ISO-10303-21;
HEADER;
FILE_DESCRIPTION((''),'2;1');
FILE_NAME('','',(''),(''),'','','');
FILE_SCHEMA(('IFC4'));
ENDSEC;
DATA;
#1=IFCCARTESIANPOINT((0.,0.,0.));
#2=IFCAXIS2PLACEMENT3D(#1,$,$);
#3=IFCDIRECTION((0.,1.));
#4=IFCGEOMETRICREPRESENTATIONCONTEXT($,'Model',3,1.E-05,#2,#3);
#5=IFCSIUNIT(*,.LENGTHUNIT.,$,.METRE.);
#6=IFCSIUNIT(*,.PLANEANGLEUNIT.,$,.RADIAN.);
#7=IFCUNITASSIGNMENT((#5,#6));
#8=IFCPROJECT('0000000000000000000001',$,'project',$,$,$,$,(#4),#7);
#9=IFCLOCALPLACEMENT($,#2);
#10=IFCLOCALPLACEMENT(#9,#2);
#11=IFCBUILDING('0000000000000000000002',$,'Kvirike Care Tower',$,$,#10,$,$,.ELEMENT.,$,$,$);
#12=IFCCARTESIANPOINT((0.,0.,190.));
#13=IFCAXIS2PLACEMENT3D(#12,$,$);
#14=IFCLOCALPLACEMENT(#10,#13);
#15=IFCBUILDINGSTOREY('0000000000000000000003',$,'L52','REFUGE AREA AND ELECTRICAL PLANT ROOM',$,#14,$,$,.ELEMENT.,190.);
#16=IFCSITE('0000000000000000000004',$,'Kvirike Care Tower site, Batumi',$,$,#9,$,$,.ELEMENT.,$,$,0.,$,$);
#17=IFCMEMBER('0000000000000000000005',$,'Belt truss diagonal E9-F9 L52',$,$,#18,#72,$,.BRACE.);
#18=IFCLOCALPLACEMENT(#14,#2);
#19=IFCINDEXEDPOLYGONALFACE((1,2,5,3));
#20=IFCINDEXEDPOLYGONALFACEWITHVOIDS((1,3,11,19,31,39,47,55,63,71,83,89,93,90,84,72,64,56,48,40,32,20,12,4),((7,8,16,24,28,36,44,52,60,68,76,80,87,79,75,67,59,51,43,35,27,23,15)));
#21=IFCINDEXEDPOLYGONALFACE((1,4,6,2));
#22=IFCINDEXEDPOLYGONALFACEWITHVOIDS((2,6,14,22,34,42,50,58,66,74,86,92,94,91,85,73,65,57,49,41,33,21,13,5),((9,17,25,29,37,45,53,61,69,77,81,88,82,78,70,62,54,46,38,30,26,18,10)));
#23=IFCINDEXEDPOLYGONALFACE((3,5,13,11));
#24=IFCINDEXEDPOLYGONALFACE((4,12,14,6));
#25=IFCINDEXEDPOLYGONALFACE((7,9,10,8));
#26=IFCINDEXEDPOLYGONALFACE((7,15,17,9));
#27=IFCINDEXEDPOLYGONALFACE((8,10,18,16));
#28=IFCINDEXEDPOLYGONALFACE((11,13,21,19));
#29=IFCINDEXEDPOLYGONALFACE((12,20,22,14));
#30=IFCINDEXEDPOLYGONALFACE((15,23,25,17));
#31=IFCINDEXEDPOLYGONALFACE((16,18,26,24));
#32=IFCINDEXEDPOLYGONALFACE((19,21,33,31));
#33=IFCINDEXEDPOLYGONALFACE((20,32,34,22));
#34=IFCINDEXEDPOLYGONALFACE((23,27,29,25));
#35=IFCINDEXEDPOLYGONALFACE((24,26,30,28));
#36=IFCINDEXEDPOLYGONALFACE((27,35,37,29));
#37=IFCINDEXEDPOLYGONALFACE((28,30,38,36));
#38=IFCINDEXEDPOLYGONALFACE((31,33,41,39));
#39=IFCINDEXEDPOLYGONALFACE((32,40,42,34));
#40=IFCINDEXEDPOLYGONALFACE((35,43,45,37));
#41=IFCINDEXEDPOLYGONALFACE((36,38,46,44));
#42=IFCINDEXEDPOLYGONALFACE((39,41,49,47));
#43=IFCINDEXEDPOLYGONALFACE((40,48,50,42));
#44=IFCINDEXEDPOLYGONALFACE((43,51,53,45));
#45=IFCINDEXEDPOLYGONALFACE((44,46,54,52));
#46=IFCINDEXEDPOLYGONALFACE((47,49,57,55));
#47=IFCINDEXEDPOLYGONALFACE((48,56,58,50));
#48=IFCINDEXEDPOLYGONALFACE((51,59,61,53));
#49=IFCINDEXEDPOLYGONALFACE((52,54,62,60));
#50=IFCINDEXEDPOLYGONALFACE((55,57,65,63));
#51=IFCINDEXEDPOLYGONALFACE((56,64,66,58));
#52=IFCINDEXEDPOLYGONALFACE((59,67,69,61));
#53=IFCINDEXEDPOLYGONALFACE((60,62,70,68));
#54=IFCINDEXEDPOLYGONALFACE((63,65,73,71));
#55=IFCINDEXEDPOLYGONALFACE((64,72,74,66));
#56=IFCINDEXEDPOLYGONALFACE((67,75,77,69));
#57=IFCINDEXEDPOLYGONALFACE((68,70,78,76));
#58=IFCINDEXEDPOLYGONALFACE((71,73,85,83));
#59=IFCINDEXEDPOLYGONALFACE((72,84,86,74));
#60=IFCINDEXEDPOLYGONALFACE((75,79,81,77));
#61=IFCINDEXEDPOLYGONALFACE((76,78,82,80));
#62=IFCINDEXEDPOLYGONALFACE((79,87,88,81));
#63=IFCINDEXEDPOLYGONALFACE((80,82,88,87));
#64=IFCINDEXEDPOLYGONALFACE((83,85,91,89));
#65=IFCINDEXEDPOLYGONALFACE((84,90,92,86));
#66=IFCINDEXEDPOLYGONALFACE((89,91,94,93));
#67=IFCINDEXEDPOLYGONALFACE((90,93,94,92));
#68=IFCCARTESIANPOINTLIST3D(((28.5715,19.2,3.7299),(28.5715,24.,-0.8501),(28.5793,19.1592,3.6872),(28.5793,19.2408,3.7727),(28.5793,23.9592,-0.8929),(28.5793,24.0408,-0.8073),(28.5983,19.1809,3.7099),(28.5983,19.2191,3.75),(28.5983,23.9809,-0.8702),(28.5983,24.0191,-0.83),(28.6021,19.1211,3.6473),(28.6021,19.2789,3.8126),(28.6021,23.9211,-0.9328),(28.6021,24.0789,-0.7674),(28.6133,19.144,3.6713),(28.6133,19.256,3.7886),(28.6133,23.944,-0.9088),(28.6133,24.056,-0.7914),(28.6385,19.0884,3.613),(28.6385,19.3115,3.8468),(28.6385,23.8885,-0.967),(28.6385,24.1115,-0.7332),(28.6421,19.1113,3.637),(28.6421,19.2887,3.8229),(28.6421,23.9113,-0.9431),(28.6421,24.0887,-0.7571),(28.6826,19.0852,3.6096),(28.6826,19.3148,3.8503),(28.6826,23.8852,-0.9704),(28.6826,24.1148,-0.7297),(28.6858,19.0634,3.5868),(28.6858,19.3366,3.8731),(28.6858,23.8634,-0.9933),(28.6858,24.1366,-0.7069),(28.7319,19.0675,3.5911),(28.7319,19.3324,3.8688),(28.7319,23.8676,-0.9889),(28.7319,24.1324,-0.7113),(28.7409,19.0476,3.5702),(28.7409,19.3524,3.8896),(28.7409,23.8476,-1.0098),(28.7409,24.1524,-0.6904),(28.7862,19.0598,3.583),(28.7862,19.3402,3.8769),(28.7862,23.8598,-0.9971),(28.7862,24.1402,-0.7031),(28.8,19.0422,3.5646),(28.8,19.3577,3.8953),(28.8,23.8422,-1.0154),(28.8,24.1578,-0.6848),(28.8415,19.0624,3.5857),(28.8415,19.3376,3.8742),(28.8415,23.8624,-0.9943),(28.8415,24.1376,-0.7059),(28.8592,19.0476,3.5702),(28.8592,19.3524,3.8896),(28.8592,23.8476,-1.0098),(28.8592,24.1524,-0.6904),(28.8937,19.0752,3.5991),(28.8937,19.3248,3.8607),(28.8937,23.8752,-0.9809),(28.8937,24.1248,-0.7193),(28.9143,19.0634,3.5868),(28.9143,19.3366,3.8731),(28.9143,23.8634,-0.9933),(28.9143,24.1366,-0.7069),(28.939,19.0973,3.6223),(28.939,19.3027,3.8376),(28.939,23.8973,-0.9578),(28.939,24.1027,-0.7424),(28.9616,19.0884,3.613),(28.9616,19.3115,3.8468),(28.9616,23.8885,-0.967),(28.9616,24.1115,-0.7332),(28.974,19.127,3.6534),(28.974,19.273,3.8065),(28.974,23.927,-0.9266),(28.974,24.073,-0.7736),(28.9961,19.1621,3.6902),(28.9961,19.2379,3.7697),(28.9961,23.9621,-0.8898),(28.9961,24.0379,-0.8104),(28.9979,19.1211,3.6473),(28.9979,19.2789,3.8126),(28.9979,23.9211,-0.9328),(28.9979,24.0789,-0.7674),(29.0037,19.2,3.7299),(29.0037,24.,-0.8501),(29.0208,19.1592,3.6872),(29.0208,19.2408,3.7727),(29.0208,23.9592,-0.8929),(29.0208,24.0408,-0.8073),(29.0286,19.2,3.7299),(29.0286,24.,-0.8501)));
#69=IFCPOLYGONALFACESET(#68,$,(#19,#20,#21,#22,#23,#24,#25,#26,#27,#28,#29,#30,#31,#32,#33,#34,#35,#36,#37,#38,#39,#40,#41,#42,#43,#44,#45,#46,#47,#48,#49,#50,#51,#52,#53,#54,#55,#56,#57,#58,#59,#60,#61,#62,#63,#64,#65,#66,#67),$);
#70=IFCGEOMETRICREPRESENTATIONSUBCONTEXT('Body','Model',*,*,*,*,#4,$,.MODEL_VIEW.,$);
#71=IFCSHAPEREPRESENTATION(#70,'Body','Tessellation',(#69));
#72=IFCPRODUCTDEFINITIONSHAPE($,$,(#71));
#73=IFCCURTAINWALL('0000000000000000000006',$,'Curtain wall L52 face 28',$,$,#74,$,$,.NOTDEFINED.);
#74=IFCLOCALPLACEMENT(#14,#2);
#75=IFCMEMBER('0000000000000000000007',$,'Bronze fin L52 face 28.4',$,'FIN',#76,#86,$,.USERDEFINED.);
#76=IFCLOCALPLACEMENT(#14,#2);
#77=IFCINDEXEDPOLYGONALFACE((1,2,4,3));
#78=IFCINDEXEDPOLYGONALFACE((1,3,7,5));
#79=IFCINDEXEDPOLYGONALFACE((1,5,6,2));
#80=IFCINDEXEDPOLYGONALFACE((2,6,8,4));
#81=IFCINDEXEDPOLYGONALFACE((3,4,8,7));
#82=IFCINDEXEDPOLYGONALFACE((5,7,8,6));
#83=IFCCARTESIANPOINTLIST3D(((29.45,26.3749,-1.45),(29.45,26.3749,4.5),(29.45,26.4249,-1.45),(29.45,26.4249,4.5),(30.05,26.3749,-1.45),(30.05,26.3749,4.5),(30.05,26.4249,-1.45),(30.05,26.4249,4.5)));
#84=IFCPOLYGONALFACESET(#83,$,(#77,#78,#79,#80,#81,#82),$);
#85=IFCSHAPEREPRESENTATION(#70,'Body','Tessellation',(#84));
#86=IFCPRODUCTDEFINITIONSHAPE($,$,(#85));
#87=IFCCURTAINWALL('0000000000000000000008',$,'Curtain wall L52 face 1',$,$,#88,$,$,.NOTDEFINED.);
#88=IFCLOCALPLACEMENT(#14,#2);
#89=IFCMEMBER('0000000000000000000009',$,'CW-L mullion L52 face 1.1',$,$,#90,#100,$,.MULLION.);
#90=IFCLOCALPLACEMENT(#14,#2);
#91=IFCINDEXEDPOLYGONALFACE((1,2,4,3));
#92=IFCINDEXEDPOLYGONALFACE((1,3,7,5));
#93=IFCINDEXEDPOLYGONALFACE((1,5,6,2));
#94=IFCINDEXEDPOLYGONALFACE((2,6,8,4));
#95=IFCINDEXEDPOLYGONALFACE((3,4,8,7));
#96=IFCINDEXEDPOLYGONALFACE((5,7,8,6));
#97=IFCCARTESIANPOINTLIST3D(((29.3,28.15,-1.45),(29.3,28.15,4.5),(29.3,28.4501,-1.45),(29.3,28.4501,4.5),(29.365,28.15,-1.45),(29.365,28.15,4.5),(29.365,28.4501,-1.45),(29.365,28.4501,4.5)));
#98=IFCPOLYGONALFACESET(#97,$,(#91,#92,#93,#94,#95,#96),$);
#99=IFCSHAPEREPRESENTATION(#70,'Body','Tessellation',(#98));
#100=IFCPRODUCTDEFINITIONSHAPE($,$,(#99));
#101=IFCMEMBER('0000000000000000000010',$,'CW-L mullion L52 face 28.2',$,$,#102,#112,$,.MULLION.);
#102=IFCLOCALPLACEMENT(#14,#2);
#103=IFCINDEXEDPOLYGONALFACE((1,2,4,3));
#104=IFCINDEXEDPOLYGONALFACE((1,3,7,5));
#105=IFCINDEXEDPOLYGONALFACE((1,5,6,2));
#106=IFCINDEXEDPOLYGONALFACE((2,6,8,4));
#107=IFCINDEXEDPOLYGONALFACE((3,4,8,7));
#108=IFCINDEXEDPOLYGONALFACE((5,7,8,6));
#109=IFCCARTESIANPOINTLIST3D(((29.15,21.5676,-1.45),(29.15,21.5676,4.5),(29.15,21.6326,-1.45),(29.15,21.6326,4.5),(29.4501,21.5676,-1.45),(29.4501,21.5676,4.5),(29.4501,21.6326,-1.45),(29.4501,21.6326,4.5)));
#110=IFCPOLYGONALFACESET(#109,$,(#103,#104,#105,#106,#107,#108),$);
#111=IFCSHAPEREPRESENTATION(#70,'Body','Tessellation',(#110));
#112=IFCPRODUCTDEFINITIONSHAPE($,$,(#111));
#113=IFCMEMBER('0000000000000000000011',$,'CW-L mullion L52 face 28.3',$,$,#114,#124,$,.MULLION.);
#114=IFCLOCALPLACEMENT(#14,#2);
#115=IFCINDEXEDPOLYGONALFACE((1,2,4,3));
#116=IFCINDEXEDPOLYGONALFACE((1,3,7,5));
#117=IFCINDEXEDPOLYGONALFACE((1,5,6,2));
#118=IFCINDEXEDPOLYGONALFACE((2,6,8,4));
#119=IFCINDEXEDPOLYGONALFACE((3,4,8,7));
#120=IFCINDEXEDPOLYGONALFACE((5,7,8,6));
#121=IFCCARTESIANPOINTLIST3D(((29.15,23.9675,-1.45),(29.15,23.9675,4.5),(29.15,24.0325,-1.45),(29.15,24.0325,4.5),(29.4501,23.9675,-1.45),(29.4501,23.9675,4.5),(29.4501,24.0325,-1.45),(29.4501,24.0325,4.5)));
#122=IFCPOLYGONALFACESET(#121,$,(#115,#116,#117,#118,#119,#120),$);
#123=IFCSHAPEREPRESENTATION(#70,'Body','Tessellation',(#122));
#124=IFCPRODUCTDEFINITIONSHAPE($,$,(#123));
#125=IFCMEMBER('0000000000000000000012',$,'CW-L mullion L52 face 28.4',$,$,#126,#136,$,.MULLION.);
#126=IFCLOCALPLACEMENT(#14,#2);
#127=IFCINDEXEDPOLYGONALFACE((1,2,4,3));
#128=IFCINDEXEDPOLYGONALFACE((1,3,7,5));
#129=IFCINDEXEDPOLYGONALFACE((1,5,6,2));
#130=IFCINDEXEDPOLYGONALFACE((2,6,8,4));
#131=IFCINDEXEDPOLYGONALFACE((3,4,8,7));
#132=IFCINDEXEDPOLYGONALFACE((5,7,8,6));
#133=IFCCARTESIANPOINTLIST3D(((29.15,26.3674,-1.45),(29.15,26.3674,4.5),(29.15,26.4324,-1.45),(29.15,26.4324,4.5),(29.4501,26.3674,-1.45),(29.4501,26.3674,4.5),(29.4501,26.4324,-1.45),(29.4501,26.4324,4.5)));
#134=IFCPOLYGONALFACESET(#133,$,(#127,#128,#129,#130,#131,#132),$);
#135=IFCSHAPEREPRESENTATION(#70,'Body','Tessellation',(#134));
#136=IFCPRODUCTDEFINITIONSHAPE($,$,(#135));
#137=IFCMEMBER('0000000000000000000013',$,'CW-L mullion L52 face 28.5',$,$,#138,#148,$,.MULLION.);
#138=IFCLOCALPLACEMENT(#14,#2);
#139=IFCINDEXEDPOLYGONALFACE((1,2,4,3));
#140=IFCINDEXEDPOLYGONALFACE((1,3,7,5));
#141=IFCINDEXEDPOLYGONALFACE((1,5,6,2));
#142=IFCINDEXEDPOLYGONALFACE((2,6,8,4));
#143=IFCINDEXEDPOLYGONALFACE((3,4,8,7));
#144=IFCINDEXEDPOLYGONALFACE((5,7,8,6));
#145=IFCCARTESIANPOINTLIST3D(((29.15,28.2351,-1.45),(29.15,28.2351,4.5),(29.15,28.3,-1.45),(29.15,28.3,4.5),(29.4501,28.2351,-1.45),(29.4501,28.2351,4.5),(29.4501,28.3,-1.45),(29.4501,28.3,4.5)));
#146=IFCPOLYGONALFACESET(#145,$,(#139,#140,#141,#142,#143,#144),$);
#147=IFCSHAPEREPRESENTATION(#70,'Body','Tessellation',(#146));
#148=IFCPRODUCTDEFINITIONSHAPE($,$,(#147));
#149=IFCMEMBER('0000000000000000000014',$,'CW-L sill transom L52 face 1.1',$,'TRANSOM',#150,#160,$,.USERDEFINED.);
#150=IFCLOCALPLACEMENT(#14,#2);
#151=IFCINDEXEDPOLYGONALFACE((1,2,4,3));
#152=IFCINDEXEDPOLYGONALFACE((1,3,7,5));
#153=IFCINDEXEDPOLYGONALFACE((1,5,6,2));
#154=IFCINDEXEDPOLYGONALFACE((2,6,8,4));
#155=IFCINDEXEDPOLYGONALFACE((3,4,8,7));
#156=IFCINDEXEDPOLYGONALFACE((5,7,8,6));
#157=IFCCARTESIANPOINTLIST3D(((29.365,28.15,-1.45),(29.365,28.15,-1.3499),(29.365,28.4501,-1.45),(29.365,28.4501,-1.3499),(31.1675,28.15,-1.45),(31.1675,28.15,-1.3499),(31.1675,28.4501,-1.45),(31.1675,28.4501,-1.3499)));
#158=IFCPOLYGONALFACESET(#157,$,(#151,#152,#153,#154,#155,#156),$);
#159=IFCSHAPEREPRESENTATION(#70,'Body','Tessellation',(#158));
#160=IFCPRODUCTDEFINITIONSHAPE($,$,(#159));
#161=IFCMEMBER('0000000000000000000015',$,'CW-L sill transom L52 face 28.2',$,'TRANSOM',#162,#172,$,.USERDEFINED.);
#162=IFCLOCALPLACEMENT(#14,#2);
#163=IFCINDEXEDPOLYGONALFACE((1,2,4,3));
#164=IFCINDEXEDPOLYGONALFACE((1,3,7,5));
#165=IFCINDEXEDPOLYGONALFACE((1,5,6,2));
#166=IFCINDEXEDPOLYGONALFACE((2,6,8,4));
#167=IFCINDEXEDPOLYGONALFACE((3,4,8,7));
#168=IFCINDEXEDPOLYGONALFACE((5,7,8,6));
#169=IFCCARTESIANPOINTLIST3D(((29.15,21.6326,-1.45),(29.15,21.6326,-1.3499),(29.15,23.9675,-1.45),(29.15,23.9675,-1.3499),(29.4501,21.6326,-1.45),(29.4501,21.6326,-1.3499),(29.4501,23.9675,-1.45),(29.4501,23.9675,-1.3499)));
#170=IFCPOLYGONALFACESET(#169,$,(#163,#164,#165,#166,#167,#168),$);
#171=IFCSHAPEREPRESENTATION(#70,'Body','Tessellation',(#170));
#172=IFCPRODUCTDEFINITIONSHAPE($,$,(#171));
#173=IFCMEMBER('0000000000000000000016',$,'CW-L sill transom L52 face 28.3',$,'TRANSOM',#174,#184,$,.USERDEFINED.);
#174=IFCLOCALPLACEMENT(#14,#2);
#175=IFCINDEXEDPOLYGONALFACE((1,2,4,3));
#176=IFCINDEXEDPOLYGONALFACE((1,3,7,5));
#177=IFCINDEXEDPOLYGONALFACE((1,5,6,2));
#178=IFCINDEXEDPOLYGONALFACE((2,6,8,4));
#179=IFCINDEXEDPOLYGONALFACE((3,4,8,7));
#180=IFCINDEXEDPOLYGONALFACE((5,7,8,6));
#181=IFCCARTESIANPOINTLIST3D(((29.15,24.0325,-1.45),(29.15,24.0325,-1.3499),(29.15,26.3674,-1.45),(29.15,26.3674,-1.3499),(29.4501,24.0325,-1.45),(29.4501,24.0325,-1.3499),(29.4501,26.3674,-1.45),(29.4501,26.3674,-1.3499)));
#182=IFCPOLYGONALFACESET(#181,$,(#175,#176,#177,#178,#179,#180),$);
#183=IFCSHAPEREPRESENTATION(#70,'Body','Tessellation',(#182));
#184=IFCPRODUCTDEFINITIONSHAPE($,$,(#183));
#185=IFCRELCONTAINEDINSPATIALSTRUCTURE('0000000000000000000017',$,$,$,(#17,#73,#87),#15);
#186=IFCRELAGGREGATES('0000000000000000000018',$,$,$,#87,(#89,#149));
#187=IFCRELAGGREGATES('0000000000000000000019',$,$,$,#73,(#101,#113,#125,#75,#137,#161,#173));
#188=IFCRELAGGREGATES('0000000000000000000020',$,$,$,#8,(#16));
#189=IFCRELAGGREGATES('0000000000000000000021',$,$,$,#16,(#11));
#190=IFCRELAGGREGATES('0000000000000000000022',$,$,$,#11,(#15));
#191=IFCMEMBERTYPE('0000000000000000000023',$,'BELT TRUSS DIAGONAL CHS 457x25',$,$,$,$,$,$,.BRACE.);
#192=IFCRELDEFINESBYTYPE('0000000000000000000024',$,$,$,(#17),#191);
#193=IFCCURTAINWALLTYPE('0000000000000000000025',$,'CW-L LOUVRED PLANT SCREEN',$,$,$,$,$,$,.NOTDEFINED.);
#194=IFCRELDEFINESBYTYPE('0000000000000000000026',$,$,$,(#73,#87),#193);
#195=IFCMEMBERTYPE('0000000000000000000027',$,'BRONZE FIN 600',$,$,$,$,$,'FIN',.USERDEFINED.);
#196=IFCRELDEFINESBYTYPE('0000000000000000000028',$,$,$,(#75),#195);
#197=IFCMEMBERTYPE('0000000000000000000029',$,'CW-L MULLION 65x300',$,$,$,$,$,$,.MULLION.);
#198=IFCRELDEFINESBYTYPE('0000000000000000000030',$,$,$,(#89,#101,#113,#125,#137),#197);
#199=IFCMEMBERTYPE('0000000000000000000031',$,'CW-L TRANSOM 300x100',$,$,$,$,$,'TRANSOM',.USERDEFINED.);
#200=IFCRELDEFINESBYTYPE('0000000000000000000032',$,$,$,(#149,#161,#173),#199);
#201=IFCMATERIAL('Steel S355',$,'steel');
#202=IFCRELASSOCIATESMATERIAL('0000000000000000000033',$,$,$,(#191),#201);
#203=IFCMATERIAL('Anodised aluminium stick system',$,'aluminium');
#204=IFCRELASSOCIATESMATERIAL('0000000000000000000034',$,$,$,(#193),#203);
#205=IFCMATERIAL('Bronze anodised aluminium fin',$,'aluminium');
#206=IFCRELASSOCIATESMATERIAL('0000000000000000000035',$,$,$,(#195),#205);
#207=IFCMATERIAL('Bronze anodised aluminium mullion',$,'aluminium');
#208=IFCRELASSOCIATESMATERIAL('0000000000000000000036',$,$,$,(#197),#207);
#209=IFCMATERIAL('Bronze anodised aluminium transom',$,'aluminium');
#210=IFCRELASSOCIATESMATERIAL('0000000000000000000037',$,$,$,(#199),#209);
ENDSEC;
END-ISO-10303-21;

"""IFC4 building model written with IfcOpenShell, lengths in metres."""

from ifc_helpers import new_model, si_unit, direction, frame, origin, origin_2d, place, context, subcontext, project, spatial, rectangle, hollow_circle, extrude, material, material_profile, profile_set, type_object, element, aggregate, save


model = new_model("IFC4")

# Units and contexts
model_context = context("Model", 3, precision=1e-05, world=origin(), true_north=direction((0.0, 1.0)))
body_context = subcontext(model_context, "Body", "Model", "MODEL_VIEW")
ifc_project = project(units=[si_unit("LENGTHUNIT", "METRE"), si_unit("PLANEANGLEUNIT", "RADIAN")], contexts=[model_context])

# Site, building, storey
site_placement = place(None, origin())
site = spatial("IfcSite", under=ifc_project, at=site_placement, Name="Kvirike Care Tower site, Batumi", CompositionType="ELEMENT", RefElevation=0.0)
building_placement = place(site_placement, origin())
building = spatial("IfcBuilding", under=site, at=building_placement, Name="Kvirike Care Tower", CompositionType="ELEMENT")
storey_placement = place(building_placement, frame((0.0, 0.0, 190.0)))
storey = spatial("IfcBuildingStorey", under=building, at=storey_placement, Name="L52", Description="REFUGE AREA AND ELECTRICAL PLANT ROOM", CompositionType="ELEMENT", Elevation=190.0)

# Member
ifc_material_1 = material(Name="Steel S355", Category="steel")
ifc_material_profile_1 = material_profile(ifc_material_1, hollow_circle(Radius=0.2285, WallThickness=0.0249, at=origin_2d()), Name="CHS 457x25")
ifc_profile_set_1 = profile_set([ifc_material_profile_1], Name="Steel S355")
member_type_1 = type_object("IfcMemberType", Name="BELT TRUSS DIAGONAL CHS 457x25", PredefinedType="BRACE", material=ifc_profile_set_1)
for number, where, z_axis, x_axis, name in (
    (1, (28.8, 24.0, -0.8501), (0.0, -0.72349, 0.690335), (1.0, 0.0, 0.0), "Belt truss diagonal E9-F9 L52"),
):
    element("IfcMember", number, at=place(storey_placement, frame(where, z_axis=z_axis, x_axis=x_axis)), inside=storey, type_object=member_type_1, Name=name, PredefinedType="BRACE", context=body_context, shape_type="SweptSolid", body=[
        extrude(hollow_circle(Radius=0.2285, WallThickness=0.0249, at=origin_2d()), origin(), (0.0, 0.0, 1.0), 6.6345),
    ])

# Curtain walls, members
ifc_material_2 = material(Name="Anodised aluminium stick system", Category="aluminium")
curtain_wall_type = type_object("IfcCurtainWallType", Name="CW-L LOUVRED PLANT SCREEN", PredefinedType="NOTDEFINED", material=ifc_material_2)
curtain_wall_1_placement = place(storey_placement, origin())
curtain_wall_1 = element("IfcCurtainWall", 2, at=curtain_wall_1_placement, inside=storey, type_object=curtain_wall_type, Name="Curtain wall L52 face 28", PredefinedType="NOTDEFINED")
ifc_material_3 = material(Name="Bronze anodised aluminium fin", Category="aluminium")
ifc_material_profile_2 = material_profile(ifc_material_3, rectangle(XDim=0.05, YDim=0.6001, at=origin_2d()), Name="BRONZE FIN 600")
ifc_profile_set_2 = profile_set([ifc_material_profile_2], Name="Bronze anodised aluminium fin")
member_type_2 = type_object("IfcMemberType", Name="BRONZE FIN 600", ElementType="FIN", PredefinedType="USERDEFINED", material=ifc_profile_set_2)
member_1_placement = place(storey_placement, frame((29.75, 26.3999, -1.45), z_axis=(0.0, 0.0, 1.0), x_axis=(0.0, 1.0, 0.0)))
member_1 = element("IfcMember", 3, at=member_1_placement, type_object=member_type_2, Name="Bronze fin L52 face 28.4", ObjectType="FIN", PredefinedType="USERDEFINED", context=body_context, shape_type="SweptSolid", body=[
    extrude(rectangle(XDim=0.05, YDim=0.6001, at=origin_2d()), origin(), (0.0, 0.0, 1.0), 5.95),
])
curtain_wall_2_placement = place(storey_placement, origin())
curtain_wall_2 = element("IfcCurtainWall", 4, at=curtain_wall_2_placement, inside=storey, type_object=curtain_wall_type, Name="Curtain wall L52 face 1", PredefinedType="NOTDEFINED")
ifc_material_4 = material(Name="Bronze anodised aluminium mullion", Category="aluminium")
ifc_material_profile_3 = material_profile(ifc_material_4, rectangle(XDim=0.0649, YDim=0.3, at=origin_2d()), Name="CW-L MULLION 65x300")
ifc_profile_set_3 = profile_set([ifc_material_profile_3], Name="Bronze anodised aluminium mullion")
member_type_3 = type_object("IfcMemberType", Name="CW-L MULLION 65x300", PredefinedType="MULLION", material=ifc_profile_set_3)
member_2_placement = place(storey_placement, frame((29.3325, 28.3, -1.45), z_axis=(0.0, 0.0, 1.0), x_axis=(1.0, 0.0, 0.0)))
member_2 = element("IfcMember", 5, at=member_2_placement, type_object=member_type_3, Name="CW-L mullion L52 face 1.1", PredefinedType="MULLION", context=body_context, shape_type="SweptSolid", body=[
    extrude(rectangle(XDim=0.0649, YDim=0.3, at=origin_2d()), origin(), (0.0, 0.0, 1.0), 5.95),
])

# Members
member_3_placement = place(storey_placement, frame((29.3, 21.6001, -1.45), z_axis=(0.0, 0.0, 1.0), x_axis=(0.0, 1.0, 0.0)))
member_3 = element("IfcMember", 6, at=member_3_placement, type_object=member_type_3, Name="CW-L mullion L52 face 28.2", PredefinedType="MULLION", context=body_context, shape_type="SweptSolid", body=[
    extrude(rectangle(XDim=0.0649, YDim=0.3, at=origin_2d()), origin(), (0.0, 0.0, 1.0), 5.95),
])
member_4_placement = place(storey_placement, frame((29.3, 24.0, -1.45), z_axis=(0.0, 0.0, 1.0), x_axis=(0.0, 1.0, 0.0)))
member_4 = element("IfcMember", 7, at=member_4_placement, type_object=member_type_3, Name="CW-L mullion L52 face 28.3", PredefinedType="MULLION", context=body_context, shape_type="SweptSolid", body=[
    extrude(rectangle(XDim=0.0649, YDim=0.3, at=origin_2d()), origin(), (0.0, 0.0, 1.0), 5.95),
])
member_5_placement = place(storey_placement, frame((29.3, 26.3999, -1.45), z_axis=(0.0, 0.0, 1.0), x_axis=(0.0, 1.0, 0.0)))
member_5 = element("IfcMember", 8, at=member_5_placement, type_object=member_type_3, Name="CW-L mullion L52 face 28.4", PredefinedType="MULLION", context=body_context, shape_type="SweptSolid", body=[
    extrude(rectangle(XDim=0.0649, YDim=0.3, at=origin_2d()), origin(), (0.0, 0.0, 1.0), 5.95),
])
member_6_placement = place(storey_placement, frame((29.3, 28.2676, -1.45), z_axis=(0.0, 0.0, 1.0), x_axis=(0.0, 1.0, 0.0)))
member_6 = element("IfcMember", 9, at=member_6_placement, type_object=member_type_3, Name="CW-L mullion L52 face 28.5", PredefinedType="MULLION", context=body_context, shape_type="SweptSolid", body=[
    extrude(rectangle(XDim=0.0649, YDim=0.3, at=origin_2d()), origin(), (0.0, 0.0, 1.0), 5.95),
])
ifc_material_5 = material(Name="Bronze anodised aluminium transom", Category="aluminium")
ifc_material_profile_4 = material_profile(ifc_material_5, rectangle(XDim=0.3, YDim=0.1001, at=origin_2d()), Name="CW-L TRANSOM 300x100")
ifc_profile_set_4 = profile_set([ifc_material_profile_4], Name="Bronze anodised aluminium transom")
member_type_4 = type_object("IfcMemberType", Name="CW-L TRANSOM 300x100", ElementType="TRANSOM", PredefinedType="USERDEFINED", material=ifc_profile_set_4)
member_7_placement = place(storey_placement, frame((29.365, 28.3, -1.3999), z_axis=(1.0, 0.0, 0.0), x_axis=(0.0, 1.0, 0.0)))
member_7 = element("IfcMember", 10, at=member_7_placement, type_object=member_type_4, Name="CW-L sill transom L52 face 1.1", ObjectType="TRANSOM", PredefinedType="USERDEFINED", context=body_context, shape_type="SweptSolid", body=[
    extrude(rectangle(XDim=0.3, YDim=0.1001, at=origin_2d()), origin(), (0.0, 0.0, 1.0), 1.8025),
])
member_8_placement = place(storey_placement, frame((29.3, 21.6326, -1.3999), z_axis=(0.0, 1.0, 0.0), x_axis=(-1.0, 0.0, 0.0)))
member_8 = element("IfcMember", 11, at=member_8_placement, type_object=member_type_4, Name="CW-L sill transom L52 face 28.2", ObjectType="TRANSOM", PredefinedType="USERDEFINED", context=body_context, shape_type="SweptSolid", body=[
    extrude(rectangle(XDim=0.3, YDim=0.1001, at=origin_2d()), origin(), (0.0, 0.0, 1.0), 2.335),
])
member_9_placement = place(storey_placement, frame((29.3, 24.0325, -1.3999), z_axis=(0.0, 1.0, 0.0), x_axis=(-1.0, 0.0, 0.0)))
member_9 = element("IfcMember", 12, at=member_9_placement, type_object=member_type_4, Name="CW-L sill transom L52 face 28.3", ObjectType="TRANSOM", PredefinedType="USERDEFINED", context=body_context, shape_type="SweptSolid", body=[
    extrude(rectangle(XDim=0.3, YDim=0.1001, at=origin_2d()), origin(), (0.0, 0.0, 1.0), 2.335),
])

aggregate(curtain_wall_2, [member_2, member_7])
aggregate(curtain_wall_1, [member_3, member_4, member_5, member_1, member_6, member_8, member_9])

save(model, "model.ifc")
